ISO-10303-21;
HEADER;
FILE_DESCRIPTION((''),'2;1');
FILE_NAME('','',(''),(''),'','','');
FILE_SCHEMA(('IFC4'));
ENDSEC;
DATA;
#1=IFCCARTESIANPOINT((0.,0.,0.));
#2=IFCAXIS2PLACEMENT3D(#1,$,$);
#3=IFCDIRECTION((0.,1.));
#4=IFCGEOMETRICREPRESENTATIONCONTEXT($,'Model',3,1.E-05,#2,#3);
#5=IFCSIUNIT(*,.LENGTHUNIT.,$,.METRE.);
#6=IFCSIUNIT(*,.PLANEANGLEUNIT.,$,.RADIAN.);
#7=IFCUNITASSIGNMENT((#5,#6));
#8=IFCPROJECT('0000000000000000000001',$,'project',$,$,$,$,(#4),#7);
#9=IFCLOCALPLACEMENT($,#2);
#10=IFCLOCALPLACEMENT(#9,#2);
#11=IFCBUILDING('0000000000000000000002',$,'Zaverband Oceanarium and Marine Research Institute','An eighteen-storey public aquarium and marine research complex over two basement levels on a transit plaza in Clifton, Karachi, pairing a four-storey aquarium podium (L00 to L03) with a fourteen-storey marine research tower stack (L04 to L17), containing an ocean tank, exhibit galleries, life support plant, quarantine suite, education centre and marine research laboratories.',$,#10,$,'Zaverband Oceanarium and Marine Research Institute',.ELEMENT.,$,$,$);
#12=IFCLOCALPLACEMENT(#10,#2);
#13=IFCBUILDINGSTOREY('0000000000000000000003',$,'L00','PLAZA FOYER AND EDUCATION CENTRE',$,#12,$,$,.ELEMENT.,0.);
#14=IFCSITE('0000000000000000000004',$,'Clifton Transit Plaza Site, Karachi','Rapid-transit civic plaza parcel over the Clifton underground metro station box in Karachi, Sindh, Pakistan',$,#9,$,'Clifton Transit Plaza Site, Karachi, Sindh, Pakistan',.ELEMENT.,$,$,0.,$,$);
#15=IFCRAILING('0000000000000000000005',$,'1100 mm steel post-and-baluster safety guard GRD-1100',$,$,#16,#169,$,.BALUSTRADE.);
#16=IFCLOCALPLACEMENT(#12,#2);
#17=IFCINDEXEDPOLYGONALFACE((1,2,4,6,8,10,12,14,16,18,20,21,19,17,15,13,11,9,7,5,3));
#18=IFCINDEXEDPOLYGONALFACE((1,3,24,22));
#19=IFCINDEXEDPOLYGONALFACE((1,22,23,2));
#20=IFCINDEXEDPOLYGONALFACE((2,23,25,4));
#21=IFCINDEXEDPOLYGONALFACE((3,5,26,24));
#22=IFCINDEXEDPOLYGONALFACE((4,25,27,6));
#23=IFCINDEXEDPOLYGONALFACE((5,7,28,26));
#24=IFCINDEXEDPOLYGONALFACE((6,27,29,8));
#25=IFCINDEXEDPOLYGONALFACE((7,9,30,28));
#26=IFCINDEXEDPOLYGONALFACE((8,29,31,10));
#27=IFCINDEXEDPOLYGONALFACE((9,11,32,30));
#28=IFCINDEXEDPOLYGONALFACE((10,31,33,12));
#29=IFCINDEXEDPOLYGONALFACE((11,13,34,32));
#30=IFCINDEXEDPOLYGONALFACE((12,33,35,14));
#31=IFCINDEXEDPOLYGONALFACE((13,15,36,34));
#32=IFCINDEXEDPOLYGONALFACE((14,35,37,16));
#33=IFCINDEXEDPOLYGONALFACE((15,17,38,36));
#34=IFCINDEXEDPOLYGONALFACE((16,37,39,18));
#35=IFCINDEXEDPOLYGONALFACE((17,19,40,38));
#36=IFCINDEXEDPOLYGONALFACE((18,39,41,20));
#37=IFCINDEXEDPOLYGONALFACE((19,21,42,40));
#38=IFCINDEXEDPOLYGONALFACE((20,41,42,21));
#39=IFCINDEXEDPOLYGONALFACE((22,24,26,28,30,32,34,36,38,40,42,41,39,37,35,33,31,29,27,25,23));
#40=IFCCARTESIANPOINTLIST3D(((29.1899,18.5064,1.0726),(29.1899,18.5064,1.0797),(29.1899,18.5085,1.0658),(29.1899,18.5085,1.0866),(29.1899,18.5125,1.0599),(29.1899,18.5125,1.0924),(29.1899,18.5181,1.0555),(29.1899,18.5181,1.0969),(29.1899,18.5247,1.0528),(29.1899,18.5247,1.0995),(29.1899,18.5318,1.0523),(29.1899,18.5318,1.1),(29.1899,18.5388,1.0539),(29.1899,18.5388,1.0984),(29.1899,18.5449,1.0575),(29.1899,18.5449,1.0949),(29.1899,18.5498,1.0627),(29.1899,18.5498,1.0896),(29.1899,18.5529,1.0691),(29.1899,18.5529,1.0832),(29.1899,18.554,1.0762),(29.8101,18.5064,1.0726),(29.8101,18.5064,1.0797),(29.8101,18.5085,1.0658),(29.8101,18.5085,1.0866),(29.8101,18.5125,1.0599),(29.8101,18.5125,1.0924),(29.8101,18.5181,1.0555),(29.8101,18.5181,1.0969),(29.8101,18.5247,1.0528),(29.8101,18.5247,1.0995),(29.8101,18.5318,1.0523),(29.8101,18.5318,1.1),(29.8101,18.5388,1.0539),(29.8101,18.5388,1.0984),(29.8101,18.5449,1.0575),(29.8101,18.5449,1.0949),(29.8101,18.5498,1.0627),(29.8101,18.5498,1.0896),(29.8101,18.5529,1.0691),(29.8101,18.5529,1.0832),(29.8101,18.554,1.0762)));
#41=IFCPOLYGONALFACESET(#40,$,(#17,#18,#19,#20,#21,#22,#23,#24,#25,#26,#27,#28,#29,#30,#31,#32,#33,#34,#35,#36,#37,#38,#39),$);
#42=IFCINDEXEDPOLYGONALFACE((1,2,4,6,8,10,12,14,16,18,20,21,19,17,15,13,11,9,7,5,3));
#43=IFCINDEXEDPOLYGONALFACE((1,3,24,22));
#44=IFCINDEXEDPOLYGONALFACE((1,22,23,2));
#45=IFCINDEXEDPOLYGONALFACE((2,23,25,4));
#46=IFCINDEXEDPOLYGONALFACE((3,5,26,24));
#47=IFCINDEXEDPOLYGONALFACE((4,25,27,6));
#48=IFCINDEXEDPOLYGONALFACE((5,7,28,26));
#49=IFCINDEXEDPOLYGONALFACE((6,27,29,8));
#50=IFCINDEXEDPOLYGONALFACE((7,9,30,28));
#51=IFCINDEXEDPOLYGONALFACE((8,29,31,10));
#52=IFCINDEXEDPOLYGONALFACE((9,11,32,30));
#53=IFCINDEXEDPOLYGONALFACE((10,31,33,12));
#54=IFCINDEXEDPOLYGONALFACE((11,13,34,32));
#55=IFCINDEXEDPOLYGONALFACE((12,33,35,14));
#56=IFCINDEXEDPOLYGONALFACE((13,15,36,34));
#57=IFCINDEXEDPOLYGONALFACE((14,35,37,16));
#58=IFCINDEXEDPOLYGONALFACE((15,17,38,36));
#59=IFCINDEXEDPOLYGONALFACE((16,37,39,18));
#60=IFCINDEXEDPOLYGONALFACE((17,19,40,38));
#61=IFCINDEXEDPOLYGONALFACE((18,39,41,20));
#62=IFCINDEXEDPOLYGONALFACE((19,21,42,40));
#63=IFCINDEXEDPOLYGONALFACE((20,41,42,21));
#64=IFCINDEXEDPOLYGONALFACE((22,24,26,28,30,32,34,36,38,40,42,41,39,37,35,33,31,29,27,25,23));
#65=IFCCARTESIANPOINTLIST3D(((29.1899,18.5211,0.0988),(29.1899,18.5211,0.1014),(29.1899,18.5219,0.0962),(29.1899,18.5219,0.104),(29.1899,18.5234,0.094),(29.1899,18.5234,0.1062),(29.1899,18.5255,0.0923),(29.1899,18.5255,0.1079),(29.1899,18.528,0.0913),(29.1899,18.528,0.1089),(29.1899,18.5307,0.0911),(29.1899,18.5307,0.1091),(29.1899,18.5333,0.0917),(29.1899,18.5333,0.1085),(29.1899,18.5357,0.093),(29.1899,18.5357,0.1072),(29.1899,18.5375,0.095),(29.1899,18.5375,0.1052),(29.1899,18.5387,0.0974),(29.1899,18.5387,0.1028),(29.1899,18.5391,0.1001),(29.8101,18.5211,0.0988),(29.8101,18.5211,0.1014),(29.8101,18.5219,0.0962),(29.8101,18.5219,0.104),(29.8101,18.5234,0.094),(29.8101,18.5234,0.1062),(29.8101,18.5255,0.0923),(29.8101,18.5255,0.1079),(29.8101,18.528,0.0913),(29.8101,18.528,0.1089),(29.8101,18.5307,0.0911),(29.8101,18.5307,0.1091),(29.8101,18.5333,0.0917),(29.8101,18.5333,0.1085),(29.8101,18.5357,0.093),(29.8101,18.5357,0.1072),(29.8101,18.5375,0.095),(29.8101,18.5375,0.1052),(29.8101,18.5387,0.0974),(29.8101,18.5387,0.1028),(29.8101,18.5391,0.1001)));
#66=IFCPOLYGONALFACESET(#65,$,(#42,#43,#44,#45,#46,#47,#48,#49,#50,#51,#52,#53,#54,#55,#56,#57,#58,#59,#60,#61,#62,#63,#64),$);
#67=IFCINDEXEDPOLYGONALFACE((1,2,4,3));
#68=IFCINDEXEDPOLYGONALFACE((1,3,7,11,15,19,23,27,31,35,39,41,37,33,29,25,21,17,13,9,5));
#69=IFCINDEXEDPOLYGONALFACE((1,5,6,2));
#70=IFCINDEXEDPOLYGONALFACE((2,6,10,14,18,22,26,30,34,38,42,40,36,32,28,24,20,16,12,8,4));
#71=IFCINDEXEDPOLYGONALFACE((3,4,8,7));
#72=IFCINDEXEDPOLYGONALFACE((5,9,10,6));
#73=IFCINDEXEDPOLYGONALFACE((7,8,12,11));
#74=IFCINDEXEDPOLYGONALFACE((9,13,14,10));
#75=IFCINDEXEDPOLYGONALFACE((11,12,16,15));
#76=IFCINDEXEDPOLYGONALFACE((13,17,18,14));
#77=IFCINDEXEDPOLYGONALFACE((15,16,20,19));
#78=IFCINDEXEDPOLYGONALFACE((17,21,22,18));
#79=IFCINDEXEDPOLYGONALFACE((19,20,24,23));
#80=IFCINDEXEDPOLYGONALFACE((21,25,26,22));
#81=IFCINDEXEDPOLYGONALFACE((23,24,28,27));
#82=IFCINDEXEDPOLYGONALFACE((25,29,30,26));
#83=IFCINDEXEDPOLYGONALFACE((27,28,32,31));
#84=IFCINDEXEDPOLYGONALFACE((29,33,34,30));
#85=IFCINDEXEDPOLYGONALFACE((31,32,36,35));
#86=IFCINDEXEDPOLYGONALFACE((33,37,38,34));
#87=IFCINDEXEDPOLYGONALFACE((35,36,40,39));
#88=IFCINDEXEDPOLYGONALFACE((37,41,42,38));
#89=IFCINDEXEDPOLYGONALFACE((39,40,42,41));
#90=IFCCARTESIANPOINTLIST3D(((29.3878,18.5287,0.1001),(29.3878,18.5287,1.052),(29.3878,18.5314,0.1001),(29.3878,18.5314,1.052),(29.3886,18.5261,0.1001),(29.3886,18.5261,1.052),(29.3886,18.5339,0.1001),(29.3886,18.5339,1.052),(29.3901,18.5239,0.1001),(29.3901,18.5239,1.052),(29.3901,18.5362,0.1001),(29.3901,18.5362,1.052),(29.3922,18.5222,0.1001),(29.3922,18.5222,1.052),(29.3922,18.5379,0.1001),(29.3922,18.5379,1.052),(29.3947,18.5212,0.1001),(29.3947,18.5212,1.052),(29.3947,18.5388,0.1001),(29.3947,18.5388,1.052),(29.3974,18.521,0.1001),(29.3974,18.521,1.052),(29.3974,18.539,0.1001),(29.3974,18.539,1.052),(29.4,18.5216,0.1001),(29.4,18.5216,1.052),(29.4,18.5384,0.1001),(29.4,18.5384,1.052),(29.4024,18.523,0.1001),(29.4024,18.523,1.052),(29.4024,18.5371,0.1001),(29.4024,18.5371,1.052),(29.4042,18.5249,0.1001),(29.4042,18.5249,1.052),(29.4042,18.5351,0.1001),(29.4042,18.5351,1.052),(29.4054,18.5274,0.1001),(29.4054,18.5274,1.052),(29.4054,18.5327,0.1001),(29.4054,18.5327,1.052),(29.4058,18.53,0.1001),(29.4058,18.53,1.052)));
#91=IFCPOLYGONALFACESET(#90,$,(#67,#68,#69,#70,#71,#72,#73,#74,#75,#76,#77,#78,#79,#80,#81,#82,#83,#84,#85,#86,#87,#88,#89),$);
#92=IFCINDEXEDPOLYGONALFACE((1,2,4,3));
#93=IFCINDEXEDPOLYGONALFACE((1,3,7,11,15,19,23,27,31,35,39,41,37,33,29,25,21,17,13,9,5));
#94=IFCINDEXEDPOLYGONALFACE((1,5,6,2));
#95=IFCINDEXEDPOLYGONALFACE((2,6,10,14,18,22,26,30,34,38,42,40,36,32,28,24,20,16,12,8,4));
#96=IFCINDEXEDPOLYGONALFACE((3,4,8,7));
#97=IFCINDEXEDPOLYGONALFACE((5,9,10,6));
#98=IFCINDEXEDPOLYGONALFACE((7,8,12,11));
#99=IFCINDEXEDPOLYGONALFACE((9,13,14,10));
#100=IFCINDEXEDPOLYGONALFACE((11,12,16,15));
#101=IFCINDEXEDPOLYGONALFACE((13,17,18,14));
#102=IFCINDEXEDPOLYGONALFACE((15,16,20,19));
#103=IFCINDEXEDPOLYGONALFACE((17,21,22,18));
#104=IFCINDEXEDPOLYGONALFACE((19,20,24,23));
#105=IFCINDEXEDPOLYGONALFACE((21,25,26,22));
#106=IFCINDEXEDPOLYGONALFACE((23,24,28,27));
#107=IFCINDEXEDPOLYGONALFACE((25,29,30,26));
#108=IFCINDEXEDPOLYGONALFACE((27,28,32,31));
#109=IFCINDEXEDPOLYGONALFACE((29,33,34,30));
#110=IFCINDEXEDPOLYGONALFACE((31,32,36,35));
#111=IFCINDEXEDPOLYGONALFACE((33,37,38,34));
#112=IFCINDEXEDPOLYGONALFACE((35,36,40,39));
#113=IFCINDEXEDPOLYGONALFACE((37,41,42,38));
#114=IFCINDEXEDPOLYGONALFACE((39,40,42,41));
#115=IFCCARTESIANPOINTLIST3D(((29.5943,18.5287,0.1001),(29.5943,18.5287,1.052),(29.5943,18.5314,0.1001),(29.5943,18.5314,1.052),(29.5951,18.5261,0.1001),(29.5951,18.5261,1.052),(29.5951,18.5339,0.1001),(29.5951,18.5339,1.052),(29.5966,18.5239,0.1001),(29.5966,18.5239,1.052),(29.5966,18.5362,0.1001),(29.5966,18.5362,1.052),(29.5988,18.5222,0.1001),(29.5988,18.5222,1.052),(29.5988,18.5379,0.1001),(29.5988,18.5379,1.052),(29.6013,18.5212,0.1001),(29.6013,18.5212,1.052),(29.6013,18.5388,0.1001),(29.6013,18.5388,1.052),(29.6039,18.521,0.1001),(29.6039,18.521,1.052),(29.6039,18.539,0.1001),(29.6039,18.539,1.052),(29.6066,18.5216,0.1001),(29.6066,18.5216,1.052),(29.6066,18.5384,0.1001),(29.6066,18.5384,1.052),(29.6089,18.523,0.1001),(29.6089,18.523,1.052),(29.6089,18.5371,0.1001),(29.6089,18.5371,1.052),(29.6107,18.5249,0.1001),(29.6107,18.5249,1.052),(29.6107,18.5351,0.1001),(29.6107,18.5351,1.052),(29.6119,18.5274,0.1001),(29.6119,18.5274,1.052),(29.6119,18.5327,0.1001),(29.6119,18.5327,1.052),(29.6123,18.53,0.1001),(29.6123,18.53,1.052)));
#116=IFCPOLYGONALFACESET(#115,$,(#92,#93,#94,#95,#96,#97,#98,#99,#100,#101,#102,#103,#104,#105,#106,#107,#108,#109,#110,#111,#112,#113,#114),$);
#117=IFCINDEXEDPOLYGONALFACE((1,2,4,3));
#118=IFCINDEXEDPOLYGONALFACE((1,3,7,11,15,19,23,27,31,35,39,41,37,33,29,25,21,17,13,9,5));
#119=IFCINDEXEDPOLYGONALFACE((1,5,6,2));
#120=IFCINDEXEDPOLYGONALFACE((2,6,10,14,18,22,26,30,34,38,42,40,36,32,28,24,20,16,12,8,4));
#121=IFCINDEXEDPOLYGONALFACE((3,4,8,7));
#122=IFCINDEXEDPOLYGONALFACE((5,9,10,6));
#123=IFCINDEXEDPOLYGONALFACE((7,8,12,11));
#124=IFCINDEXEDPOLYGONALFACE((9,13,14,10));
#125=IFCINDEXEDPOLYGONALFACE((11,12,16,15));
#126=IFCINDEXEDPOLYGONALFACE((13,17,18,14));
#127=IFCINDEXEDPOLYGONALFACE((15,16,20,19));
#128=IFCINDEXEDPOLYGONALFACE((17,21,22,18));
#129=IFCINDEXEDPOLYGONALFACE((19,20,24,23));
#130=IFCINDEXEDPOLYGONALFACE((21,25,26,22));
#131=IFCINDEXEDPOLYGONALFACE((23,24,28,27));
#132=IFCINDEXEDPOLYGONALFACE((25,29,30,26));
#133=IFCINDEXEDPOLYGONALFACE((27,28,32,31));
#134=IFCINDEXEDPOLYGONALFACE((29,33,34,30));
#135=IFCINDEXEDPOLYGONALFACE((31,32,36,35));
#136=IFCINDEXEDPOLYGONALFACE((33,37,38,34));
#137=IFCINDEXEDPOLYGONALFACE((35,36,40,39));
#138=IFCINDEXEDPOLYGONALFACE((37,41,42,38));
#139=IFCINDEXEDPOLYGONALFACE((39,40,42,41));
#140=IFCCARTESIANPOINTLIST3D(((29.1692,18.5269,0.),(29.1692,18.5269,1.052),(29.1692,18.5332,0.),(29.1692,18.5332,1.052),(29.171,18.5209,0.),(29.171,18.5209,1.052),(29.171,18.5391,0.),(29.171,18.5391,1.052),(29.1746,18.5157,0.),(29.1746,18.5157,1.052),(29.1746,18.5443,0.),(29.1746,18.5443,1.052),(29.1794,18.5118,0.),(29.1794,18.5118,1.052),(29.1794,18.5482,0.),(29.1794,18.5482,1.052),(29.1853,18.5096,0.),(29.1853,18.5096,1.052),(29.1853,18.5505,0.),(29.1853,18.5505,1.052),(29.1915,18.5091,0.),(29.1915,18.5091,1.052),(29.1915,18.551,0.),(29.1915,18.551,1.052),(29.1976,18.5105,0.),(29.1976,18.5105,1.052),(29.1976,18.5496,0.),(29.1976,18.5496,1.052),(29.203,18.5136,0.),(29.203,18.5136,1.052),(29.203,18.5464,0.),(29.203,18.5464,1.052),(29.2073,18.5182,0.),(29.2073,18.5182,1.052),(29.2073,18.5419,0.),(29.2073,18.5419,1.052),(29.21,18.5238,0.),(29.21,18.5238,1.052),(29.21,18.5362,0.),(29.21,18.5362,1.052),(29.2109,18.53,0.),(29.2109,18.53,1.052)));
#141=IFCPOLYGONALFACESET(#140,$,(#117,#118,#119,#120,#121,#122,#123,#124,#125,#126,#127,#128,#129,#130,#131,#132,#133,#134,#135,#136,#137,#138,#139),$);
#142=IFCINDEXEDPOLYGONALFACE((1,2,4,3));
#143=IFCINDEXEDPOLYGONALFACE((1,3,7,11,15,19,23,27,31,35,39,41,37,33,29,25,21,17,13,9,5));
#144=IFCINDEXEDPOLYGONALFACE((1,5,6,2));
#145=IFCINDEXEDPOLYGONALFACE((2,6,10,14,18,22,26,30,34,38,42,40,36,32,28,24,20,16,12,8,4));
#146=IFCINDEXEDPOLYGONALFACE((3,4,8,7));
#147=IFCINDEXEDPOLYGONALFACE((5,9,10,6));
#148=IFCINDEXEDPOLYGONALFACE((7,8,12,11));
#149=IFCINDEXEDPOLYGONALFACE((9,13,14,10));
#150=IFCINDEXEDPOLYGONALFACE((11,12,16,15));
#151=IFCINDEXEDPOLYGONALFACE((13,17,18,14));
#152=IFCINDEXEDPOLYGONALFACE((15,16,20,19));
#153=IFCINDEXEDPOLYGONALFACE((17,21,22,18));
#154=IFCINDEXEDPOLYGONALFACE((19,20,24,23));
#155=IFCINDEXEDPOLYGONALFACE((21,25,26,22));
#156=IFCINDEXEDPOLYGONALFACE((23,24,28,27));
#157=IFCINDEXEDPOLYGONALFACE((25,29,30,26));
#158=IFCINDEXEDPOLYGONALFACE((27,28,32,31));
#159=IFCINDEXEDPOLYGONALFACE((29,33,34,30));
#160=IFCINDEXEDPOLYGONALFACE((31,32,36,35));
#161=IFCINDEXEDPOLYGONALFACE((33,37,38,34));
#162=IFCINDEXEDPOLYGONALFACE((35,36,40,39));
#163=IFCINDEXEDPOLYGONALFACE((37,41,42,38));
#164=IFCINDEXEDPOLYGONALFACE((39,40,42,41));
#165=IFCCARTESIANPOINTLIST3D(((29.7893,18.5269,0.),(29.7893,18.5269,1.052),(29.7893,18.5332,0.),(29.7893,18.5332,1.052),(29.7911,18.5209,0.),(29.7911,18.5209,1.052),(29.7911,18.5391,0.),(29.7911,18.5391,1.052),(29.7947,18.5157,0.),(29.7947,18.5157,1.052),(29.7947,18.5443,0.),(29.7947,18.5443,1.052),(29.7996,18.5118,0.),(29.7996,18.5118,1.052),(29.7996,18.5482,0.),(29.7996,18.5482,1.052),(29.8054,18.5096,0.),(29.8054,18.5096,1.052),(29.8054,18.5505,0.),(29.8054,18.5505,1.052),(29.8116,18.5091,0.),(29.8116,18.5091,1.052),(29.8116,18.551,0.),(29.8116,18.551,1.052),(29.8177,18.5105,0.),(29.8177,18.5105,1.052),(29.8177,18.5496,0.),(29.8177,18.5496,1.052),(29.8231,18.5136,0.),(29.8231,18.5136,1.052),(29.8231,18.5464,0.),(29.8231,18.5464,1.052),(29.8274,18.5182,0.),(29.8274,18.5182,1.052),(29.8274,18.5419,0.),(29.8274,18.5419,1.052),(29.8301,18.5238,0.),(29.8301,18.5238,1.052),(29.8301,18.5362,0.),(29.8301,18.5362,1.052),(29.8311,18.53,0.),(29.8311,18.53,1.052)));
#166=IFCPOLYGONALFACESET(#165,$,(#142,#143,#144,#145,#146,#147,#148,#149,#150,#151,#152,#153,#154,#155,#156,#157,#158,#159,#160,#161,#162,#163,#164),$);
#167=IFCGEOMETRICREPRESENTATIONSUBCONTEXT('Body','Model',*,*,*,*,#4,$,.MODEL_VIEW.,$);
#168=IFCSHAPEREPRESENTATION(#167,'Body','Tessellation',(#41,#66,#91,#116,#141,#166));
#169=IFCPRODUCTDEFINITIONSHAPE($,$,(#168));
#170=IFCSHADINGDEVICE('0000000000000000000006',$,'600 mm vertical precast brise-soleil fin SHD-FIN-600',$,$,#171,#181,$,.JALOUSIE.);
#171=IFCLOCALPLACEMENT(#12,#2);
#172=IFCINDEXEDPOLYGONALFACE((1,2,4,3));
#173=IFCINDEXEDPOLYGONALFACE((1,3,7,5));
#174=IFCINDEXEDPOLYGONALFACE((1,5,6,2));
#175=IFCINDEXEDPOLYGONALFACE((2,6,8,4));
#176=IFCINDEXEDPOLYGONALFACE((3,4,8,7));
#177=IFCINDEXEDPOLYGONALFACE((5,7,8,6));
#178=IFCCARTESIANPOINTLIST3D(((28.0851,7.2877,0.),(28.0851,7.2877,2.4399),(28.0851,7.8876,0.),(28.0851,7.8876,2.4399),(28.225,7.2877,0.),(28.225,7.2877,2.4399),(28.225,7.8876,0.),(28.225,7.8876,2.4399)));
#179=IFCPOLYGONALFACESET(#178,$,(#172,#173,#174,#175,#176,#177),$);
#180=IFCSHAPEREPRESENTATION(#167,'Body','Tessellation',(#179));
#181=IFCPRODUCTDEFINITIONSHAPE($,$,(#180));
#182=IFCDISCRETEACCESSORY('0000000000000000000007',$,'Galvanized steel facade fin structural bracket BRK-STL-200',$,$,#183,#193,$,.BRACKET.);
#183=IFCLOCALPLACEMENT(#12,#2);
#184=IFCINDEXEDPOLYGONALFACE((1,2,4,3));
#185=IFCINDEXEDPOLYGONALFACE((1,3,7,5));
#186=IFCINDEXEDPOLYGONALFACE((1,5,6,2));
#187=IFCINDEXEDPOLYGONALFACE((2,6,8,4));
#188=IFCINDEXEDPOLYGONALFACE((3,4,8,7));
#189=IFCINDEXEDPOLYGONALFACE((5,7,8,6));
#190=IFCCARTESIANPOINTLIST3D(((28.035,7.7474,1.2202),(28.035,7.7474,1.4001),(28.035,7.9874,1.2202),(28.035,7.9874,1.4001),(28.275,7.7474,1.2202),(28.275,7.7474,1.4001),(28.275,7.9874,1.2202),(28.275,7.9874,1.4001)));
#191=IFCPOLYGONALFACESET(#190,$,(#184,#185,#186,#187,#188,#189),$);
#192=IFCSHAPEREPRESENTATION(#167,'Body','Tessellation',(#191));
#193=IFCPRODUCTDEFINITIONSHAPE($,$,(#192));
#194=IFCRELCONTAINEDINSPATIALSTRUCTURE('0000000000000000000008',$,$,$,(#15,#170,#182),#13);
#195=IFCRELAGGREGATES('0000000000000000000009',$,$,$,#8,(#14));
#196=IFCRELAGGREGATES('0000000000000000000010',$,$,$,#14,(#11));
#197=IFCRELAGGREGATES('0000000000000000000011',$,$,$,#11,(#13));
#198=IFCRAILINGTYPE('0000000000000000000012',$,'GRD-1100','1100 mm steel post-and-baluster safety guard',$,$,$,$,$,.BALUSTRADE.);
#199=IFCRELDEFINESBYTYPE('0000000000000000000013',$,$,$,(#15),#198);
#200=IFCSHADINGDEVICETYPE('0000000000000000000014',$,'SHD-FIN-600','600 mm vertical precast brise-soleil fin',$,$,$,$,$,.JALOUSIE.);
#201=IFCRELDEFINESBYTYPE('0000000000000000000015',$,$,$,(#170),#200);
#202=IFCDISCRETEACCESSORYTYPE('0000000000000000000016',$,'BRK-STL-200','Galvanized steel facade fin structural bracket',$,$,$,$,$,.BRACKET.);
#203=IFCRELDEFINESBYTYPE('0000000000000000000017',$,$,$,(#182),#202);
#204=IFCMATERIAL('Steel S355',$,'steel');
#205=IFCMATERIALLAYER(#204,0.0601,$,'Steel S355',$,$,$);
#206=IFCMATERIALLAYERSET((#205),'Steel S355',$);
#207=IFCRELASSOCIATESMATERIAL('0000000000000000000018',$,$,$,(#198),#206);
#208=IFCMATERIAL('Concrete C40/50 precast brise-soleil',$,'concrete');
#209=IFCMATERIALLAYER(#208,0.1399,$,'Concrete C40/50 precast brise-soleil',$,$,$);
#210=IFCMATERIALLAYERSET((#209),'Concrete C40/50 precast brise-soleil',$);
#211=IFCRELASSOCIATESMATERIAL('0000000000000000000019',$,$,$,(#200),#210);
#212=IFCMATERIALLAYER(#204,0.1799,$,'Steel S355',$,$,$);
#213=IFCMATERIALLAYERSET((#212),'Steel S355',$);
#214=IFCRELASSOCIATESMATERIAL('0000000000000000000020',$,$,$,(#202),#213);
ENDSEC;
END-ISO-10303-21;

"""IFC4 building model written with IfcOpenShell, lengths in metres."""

from ifc_helpers import new_model, si_unit, direction, frame, frame_2d, origin, origin_2d, place, context, subcontext, project, spatial, rectangle, circle, extrude, material, layer, layer_set, type_object, element, save


model = new_model("IFC4")

# Units and contexts
model_context = context("Model", 3, precision=1e-05, world=origin(), true_north=direction((0.0, 1.0)))
body_context = subcontext(model_context, "Body", "Model", "MODEL_VIEW")
ifc_project = project(units=[si_unit("LENGTHUNIT", "METRE"), si_unit("PLANEANGLEUNIT", "RADIAN")], contexts=[model_context])

# Site, building, storey
site_placement = place(None, origin())
site = spatial("IfcSite", under=ifc_project, at=site_placement, Name="Clifton Transit Plaza Site, Karachi", Description="Rapid-transit civic plaza parcel over the Clifton underground metro station box in Karachi, Sindh, Pakistan", LongName="Clifton Transit Plaza Site, Karachi, Sindh, Pakistan", CompositionType="ELEMENT", RefElevation=0.0)
building_placement = place(site_placement, origin())
building = spatial("IfcBuilding", under=site, at=building_placement, Name="Zaverband Oceanarium and Marine Research Institute", Description="An eighteen-storey public aquarium and marine research complex over two basement levels on a transit plaza in Clifton, Karachi, pairing a four-storey aquarium podium (L00 to L03) with a fourteen-storey marine research tower stack (L04 to L17), containing an ocean tank, exhibit galleries, life support plant, quarantine suite, education centre and marine research laboratories.", LongName="Zaverband Oceanarium and Marine Research Institute", CompositionType="ELEMENT")
storey_placement = place(building_placement, origin())
storey = spatial("IfcBuildingStorey", under=building, at=storey_placement, Name="L00", Description="PLAZA FOYER AND EDUCATION CENTRE", CompositionType="ELEMENT", Elevation=0.0)

# Shared definitions
ifc_material_1 = material(Name="Steel S355", Category="steel")

# Railing
ifc_layer_1 = layer(ifc_material_1, 0.0601, Name="Steel S355")
ifc_layer_set_1 = layer_set([ifc_layer_1], Name="Steel S355")
railing_type_1 = type_object("IfcRailingType", Name="GRD-1100", Description="1100 mm steel post-and-baluster safety guard", PredefinedType="BALUSTRADE", material=ifc_layer_set_1)
railing_1_placement = place(storey_placement, frame((29.1899, 18.53, 0.0)))
element("IfcRailing", 1, at=railing_1_placement, inside=storey, type_object=railing_type_1, Name="1100 mm steel post-and-baluster safety guard GRD-1100", PredefinedType="BALUSTRADE", context=body_context, shape_type="SweptSolid", body=[
    extrude(circle(Radius=0.0239, at=origin_2d()), frame((0.0, 0.0, 1.0762), z_axis=(1.0, 0.0, 0.0), x_axis=(0.0, 1.0, 0.0)), (0.0, 0.0, 1.0), 0.6201),
    extrude(circle(Radius=0.009, at=origin_2d()), frame((0.0, 0.0, 0.1001), z_axis=(1.0, 0.0, 0.0), x_axis=(0.0, 1.0, 0.0)), (0.0, 0.0, 1.0), 0.6201),
    extrude(circle(Radius=0.009, at=origin_2d()), frame((0.2068, 0.0, 0.1001)), (0.0, 0.0, 1.0), 0.9519),
    extrude(circle(Radius=0.009, at=origin_2d()), frame((0.4133, 0.0, 0.1001)), (0.0, 0.0, 1.0), 0.9519),
    extrude(circle(Radius=0.021, at=origin_2d()), origin(), (0.0, 0.0, 1.0), 1.052),
    extrude(circle(Radius=0.021, at=origin_2d()), frame((0.6201, 0.0, 0.0)), (0.0, 0.0, 1.0), 1.052),
])

# Shading device
ifc_material_2 = material(Name="Concrete C40/50 precast brise-soleil", Category="concrete")
ifc_layer_2 = layer(ifc_material_2, 0.1399, Name="Concrete C40/50 precast brise-soleil")
ifc_layer_set_2 = layer_set([ifc_layer_2], Name="Concrete C40/50 precast brise-soleil")
shading_device_type = type_object("IfcShadingDeviceType", Name="SHD-FIN-600", Description="600 mm vertical precast brise-soleil fin", PredefinedType="JALOUSIE", material=ifc_layer_set_2)
shading_device_placement = place(storey_placement, frame((28.155, 7.8875, 0.0), z_axis=(0.0, 0.0, 1.0), x_axis=(0.0, -1.0, 0.0)))
element("IfcShadingDevice", 2, at=shading_device_placement, inside=storey, type_object=shading_device_type, Name="600 mm vertical precast brise-soleil fin SHD-FIN-600", PredefinedType="JALOUSIE", context=body_context, shape_type="SweptSolid", body=[
    extrude(rectangle(XDim=0.5999, YDim=0.1399, at=frame_2d((0.2998, 0.0))), origin(), (0.0, 0.0, 1.0), 2.4399),
])

# Discrete accessory
ifc_layer_3 = layer(ifc_material_1, 0.1799, Name="Steel S355")
ifc_layer_set_3 = layer_set([ifc_layer_3], Name="Steel S355")
discrete_accessory_type = type_object("IfcDiscreteAccessoryType", Name="BRK-STL-200", Description="Galvanized steel facade fin structural bracket", PredefinedType="BRACKET", material=ifc_layer_set_3)
discrete_accessory_placement = place(storey_placement, frame((28.155, 7.8674, 1.2202), z_axis=(0.0, 0.0, 1.0), x_axis=(1.0, 0.0, 0.0)))
element("IfcDiscreteAccessory", 3, at=discrete_accessory_placement, inside=storey, type_object=discrete_accessory_type, Name="Galvanized steel facade fin structural bracket BRK-STL-200", PredefinedType="BRACKET", context=body_context, shape_type="SweptSolid", body=[
    extrude(rectangle(XDim=0.24, YDim=0.24, at=origin_2d()), origin(), (0.0, 0.0, 1.0), 0.1799),
])

save(model, "model.ifc")
